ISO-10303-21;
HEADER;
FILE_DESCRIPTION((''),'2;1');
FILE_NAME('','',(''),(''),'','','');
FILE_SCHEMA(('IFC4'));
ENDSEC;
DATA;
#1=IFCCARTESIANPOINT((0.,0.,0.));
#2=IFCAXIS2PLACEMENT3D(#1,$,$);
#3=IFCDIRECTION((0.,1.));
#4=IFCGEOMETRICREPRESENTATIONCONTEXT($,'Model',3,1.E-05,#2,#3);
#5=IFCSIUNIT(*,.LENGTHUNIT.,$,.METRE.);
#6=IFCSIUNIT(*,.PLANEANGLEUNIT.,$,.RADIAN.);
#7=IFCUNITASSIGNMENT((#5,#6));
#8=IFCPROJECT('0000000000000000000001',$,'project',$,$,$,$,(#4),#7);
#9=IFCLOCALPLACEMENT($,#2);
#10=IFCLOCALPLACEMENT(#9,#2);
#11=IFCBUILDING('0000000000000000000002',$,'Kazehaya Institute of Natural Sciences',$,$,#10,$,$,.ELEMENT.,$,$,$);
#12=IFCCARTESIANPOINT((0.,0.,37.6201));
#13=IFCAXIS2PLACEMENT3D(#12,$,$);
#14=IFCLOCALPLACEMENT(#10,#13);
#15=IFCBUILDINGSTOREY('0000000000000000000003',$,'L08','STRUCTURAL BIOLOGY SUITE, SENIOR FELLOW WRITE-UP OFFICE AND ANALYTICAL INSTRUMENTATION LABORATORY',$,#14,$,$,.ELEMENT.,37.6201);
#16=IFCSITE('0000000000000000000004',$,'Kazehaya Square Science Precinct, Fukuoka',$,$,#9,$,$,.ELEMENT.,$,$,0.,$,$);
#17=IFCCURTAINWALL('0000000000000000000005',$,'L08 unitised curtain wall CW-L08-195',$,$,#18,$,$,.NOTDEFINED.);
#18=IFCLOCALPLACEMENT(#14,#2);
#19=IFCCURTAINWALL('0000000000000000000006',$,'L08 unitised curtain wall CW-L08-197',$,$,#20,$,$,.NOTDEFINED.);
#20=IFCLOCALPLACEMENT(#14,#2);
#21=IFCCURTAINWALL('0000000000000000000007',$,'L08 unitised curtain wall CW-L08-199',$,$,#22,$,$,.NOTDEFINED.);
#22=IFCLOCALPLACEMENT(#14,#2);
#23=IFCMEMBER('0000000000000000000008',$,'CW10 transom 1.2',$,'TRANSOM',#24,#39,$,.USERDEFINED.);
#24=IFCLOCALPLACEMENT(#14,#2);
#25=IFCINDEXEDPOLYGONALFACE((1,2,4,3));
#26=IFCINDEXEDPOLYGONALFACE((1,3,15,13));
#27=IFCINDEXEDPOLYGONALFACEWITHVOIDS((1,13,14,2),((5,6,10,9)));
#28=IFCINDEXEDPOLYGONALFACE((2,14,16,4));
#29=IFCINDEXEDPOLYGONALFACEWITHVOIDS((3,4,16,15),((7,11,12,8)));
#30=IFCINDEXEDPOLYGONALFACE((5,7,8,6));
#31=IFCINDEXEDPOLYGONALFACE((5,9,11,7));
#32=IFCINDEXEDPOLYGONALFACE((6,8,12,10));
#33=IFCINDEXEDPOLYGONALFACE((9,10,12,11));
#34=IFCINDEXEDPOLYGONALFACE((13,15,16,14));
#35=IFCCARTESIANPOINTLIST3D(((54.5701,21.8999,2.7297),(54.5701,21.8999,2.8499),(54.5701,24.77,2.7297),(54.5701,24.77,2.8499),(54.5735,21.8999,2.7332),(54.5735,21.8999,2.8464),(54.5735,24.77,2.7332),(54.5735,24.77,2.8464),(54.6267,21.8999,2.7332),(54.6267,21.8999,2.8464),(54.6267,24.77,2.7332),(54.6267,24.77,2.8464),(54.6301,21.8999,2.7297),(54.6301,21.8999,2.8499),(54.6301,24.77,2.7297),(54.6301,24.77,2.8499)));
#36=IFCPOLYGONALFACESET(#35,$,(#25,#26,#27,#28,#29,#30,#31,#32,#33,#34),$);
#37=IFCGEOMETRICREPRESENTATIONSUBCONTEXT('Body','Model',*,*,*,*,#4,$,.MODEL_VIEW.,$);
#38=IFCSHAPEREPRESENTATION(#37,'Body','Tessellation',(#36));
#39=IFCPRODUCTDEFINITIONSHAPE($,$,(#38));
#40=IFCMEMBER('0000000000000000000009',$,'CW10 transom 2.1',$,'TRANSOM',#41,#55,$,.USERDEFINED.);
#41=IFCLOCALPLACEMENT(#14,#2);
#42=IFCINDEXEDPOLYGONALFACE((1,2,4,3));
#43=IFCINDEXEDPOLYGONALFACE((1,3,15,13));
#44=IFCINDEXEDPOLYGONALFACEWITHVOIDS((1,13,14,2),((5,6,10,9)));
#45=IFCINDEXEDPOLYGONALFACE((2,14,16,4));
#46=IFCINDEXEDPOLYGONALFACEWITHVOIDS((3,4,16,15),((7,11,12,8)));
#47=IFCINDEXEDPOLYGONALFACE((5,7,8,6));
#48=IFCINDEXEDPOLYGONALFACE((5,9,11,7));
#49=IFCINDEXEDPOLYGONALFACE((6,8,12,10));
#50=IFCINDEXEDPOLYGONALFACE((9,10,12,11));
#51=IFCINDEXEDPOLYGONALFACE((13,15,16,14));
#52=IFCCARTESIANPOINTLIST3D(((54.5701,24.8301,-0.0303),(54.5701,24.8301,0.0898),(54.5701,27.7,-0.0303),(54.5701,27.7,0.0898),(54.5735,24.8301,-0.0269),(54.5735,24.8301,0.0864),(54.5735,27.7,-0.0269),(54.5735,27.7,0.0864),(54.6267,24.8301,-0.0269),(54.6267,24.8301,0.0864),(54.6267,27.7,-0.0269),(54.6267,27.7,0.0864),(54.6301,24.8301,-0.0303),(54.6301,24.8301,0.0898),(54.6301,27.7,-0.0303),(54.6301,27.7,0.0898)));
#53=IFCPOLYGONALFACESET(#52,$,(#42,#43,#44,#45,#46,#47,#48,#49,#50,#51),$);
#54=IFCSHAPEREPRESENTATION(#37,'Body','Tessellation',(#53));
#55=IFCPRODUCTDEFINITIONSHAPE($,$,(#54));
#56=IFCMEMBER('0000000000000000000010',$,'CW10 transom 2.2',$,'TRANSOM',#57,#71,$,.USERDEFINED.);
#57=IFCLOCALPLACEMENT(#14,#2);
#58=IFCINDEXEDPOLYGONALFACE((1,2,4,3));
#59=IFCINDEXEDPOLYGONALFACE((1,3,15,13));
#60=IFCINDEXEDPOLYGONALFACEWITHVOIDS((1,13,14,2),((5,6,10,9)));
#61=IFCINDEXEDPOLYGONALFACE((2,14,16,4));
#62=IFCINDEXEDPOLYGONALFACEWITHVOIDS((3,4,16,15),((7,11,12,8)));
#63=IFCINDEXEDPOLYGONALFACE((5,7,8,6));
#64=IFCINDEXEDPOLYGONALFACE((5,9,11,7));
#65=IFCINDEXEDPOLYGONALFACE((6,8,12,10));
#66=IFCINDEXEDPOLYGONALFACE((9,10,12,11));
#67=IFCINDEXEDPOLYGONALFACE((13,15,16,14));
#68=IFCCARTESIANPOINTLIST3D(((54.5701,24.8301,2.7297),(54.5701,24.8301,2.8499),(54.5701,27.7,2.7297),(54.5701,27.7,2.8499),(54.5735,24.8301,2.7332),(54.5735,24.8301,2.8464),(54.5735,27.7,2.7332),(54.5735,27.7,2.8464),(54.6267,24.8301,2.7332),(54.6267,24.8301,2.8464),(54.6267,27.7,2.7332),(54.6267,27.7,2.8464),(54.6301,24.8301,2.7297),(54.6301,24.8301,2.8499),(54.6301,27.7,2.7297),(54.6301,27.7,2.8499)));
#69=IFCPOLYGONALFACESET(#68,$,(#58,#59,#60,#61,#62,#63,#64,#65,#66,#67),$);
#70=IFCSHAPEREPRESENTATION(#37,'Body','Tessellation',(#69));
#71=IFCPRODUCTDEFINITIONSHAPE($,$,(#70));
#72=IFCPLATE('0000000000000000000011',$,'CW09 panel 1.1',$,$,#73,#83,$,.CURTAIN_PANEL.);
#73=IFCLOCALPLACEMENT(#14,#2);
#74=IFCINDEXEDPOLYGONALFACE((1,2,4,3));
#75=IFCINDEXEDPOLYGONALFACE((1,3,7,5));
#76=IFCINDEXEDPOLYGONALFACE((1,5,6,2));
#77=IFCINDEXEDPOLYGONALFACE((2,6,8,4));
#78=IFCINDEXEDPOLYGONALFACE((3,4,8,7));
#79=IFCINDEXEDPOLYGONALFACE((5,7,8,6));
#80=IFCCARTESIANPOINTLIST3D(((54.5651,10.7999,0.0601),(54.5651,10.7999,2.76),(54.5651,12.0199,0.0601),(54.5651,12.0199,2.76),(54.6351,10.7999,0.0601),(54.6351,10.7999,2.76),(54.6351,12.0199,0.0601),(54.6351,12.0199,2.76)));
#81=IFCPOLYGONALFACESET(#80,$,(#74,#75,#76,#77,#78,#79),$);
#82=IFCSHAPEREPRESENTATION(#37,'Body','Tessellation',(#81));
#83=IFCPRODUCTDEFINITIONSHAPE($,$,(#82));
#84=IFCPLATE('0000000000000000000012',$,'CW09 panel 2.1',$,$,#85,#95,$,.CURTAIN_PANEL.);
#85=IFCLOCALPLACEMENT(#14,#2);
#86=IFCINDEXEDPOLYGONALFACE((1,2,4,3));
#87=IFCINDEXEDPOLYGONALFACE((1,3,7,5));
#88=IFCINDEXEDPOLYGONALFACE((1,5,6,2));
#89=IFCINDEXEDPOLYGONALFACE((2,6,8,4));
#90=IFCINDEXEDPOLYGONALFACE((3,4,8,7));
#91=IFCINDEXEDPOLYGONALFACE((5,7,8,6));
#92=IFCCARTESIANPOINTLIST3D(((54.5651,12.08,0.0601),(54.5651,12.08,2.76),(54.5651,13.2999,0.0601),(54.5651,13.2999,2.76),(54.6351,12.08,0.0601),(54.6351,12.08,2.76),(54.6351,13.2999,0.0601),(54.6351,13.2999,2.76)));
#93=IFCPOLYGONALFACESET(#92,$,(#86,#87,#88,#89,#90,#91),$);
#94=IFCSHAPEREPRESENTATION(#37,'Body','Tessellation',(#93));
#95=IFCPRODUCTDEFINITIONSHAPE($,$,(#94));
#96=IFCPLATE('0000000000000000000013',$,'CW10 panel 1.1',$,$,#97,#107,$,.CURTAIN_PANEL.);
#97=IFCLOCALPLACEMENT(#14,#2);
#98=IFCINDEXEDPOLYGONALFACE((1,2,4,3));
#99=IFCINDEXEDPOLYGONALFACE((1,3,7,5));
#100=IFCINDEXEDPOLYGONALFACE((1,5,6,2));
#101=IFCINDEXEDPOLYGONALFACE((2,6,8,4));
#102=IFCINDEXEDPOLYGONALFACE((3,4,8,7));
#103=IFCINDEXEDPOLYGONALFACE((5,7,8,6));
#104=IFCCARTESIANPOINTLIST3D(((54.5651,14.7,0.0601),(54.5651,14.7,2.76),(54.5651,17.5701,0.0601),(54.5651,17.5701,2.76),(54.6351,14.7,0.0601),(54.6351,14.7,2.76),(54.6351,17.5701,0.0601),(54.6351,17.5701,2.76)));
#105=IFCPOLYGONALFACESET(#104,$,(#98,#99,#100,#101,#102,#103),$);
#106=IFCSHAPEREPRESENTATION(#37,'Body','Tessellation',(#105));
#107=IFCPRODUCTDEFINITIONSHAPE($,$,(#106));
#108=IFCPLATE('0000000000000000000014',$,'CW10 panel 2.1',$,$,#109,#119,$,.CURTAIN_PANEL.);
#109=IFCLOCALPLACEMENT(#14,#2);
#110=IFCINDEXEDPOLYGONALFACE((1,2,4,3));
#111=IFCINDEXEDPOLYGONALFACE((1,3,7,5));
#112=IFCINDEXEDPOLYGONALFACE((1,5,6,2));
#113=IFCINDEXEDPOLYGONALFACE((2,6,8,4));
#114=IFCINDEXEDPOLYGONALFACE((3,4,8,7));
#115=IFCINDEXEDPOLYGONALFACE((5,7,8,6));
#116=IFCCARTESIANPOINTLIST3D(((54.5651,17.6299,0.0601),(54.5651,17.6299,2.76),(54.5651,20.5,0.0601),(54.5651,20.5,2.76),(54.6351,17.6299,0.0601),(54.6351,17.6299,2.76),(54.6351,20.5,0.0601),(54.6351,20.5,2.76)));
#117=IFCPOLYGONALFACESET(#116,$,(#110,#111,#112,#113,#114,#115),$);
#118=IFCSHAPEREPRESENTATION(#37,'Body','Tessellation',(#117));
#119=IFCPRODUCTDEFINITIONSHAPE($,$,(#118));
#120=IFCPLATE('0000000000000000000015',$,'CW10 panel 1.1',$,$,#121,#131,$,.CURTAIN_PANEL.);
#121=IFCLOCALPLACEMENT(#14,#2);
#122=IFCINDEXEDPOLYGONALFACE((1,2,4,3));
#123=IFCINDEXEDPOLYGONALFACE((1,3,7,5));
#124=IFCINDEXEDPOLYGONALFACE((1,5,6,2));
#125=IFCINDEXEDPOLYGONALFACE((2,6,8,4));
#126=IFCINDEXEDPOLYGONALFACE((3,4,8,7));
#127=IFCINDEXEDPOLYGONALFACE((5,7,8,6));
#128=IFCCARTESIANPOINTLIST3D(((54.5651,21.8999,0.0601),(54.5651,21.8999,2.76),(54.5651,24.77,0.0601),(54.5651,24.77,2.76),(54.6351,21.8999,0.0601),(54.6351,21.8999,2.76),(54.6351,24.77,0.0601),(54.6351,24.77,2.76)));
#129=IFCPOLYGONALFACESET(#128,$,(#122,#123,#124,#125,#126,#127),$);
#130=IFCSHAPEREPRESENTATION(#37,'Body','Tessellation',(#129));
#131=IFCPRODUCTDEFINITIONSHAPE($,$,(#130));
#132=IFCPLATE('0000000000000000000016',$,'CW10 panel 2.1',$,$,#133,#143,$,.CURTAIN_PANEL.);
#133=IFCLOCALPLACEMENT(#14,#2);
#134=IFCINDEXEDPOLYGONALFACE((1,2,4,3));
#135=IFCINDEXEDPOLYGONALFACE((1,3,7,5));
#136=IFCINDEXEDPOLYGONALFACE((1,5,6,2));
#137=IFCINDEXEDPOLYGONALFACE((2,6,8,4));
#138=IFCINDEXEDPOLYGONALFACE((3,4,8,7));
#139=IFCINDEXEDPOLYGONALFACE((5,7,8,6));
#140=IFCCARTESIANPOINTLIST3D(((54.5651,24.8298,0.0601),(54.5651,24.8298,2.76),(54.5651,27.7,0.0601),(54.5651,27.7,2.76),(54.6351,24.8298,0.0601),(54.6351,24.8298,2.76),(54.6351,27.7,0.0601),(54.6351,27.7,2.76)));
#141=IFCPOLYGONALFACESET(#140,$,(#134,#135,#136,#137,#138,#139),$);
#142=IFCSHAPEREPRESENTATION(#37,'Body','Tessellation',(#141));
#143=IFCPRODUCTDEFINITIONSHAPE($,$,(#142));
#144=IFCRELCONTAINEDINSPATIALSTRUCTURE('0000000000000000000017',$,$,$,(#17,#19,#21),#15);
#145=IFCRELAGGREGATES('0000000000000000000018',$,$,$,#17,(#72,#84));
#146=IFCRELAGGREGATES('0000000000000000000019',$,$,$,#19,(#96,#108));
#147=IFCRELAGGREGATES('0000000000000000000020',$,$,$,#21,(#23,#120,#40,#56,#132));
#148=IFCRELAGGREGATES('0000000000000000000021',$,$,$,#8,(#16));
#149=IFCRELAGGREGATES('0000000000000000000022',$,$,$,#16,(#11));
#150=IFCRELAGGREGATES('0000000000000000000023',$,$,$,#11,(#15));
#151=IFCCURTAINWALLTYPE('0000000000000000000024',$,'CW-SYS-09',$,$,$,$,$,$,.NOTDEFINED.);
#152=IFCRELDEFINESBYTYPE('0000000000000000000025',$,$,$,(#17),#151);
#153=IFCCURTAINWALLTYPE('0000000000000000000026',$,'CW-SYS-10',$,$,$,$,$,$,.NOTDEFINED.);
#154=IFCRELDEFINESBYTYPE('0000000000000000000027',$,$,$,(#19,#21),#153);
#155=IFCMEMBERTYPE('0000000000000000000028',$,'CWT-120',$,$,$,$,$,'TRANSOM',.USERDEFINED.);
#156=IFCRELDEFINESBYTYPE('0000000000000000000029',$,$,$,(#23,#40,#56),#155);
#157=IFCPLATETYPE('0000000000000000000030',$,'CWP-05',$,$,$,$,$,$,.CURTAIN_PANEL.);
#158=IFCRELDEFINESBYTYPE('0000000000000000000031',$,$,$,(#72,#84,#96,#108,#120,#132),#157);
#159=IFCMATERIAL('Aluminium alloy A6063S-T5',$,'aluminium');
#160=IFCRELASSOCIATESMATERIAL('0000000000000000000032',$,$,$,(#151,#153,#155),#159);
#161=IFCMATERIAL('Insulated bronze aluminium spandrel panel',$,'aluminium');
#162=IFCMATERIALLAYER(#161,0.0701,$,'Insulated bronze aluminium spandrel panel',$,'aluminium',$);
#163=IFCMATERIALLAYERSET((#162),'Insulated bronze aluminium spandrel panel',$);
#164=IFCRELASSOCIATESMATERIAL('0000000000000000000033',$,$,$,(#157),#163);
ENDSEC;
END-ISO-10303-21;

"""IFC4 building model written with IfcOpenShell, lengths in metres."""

from ifc_helpers import new_model, si_unit, direction, frame, origin, origin_2d, place, context, subcontext, project, spatial, rectangle, hollow_rectangle, extrude, material, layer, layer_set, material_profile, profile_set, type_object, element, aggregate, save


model = new_model("IFC4")

# Units and contexts
model_context = context("Model", 3, precision=1e-05, world=origin(), true_north=direction((0.0, 1.0)))
body_context = subcontext(model_context, "Body", "Model", "MODEL_VIEW")
ifc_project = project(units=[si_unit("LENGTHUNIT", "METRE"), si_unit("PLANEANGLEUNIT", "RADIAN")], contexts=[model_context])

# Site, building, storey
site_placement = place(None, origin())
site = spatial("IfcSite", under=ifc_project, at=site_placement, Name="Kazehaya Square Science Precinct, Fukuoka", CompositionType="ELEMENT", RefElevation=0.0)
building_placement = place(site_placement, origin())
building = spatial("IfcBuilding", under=site, at=building_placement, Name="Kazehaya Institute of Natural Sciences", CompositionType="ELEMENT")
storey_placement = place(building_placement, frame((0.0, 0.0, 37.6201)))
storey = spatial("IfcBuildingStorey", under=building, at=storey_placement, Name="L08", Description="STRUCTURAL BIOLOGY SUITE, SENIOR FELLOW WRITE-UP OFFICE AND ANALYTICAL INSTRUMENTATION LABORATORY", CompositionType="ELEMENT", Elevation=37.6201)

# Curtain walls
ifc_material_1 = material(Name="Aluminium alloy A6063S-T5", Category="aluminium")
curtain_wall_type_1 = type_object("IfcCurtainWallType", Name="CW-SYS-09", PredefinedType="NOTDEFINED", material=ifc_material_1)
curtain_wall_1_placement = place(storey_placement, origin())
curtain_wall_1 = element("IfcCurtainWall", 1, at=curtain_wall_1_placement, inside=storey, type_object=curtain_wall_type_1, Name="L08 unitised curtain wall CW-L08-195", PredefinedType="NOTDEFINED")
curtain_wall_type_2 = type_object("IfcCurtainWallType", Name="CW-SYS-10", PredefinedType="NOTDEFINED", material=ifc_material_1)
curtain_wall_2_placement = place(storey_placement, origin())
curtain_wall_2 = element("IfcCurtainWall", 2, at=curtain_wall_2_placement, inside=storey, type_object=curtain_wall_type_2, Name="L08 unitised curtain wall CW-L08-197", PredefinedType="NOTDEFINED")
curtain_wall_3_placement = place(storey_placement, origin())
curtain_wall_3 = element("IfcCurtainWall", 3, at=curtain_wall_3_placement, inside=storey, type_object=curtain_wall_type_2, Name="L08 unitised curtain wall CW-L08-199", PredefinedType="NOTDEFINED")

# Members
ifc_material_profile_1 = material_profile(ifc_material_1, hollow_rectangle(XDim=0.0601, YDim=0.1201, WallThickness=0.0034, at=origin_2d()), Name="ALU-60x120x3.5")
ifc_profile_set_1 = profile_set([ifc_material_profile_1], Name="Aluminium alloy A6063S-T5")
member_type_1 = type_object("IfcMemberType", Name="CWT-120", ElementType="TRANSOM", PredefinedType="USERDEFINED", material=ifc_profile_set_1)
member_1_placement = place(storey_placement, frame((54.6001, 21.8999, 2.7898), z_axis=(0.0, 1.0, 0.0), x_axis=(-1.0, 0.0, 0.0)))
member_1 = element("IfcMember", 4, at=member_1_placement, type_object=member_type_1, Name="CW10 transom 1.2", ObjectType="TRANSOM", PredefinedType="USERDEFINED", context=body_context, shape_type="SweptSolid", body=[
    extrude(hollow_rectangle(XDim=0.0601, YDim=0.1201, WallThickness=0.0034, at=origin_2d()), origin(), (0.0, 0.0, 1.0), 2.8701),
])
member_2_placement = place(storey_placement, frame((54.6001, 24.8301, 0.0298), z_axis=(0.0, 1.0, 0.0), x_axis=(-1.0, 0.0, 0.0)))
member_2 = element("IfcMember", 5, at=member_2_placement, type_object=member_type_1, Name="CW10 transom 2.1", ObjectType="TRANSOM", PredefinedType="USERDEFINED", context=body_context, shape_type="SweptSolid", body=[
    extrude(hollow_rectangle(XDim=0.0601, YDim=0.1201, WallThickness=0.0034, at=origin_2d()), origin(), (0.0, 0.0, 1.0), 2.8699),
])
member_3_placement = place(storey_placement, frame((54.6001, 24.8301, 2.7898), z_axis=(0.0, 1.0, 0.0), x_axis=(-1.0, 0.0, 0.0)))
member_3 = element("IfcMember", 6, at=member_3_placement, type_object=member_type_1, Name="CW10 transom 2.2", ObjectType="TRANSOM", PredefinedType="USERDEFINED", context=body_context, shape_type="SweptSolid", body=[
    extrude(hollow_rectangle(XDim=0.0601, YDim=0.1201, WallThickness=0.0034, at=origin_2d()), origin(), (0.0, 0.0, 1.0), 2.8699),
])

# Plates
ifc_material_2 = material(Name="Insulated bronze aluminium spandrel panel", Category="aluminium")
ifc_layer = layer(ifc_material_2, 0.0701, Name="Insulated bronze aluminium spandrel panel", Category="aluminium")
ifc_layer_set = layer_set([ifc_layer], Name="Insulated bronze aluminium spandrel panel")
plate_type = type_object("IfcPlateType", Name="CWP-05", PredefinedType="CURTAIN_PANEL", material=ifc_layer_set)
plate_1_placement = place(storey_placement, frame((54.6001, 11.4099, 0.0601), z_axis=(0.0, 0.0, 1.0), x_axis=(0.0, 1.0, 0.0)))
plate_1 = element("IfcPlate", 7, at=plate_1_placement, type_object=plate_type, Name="CW09 panel 1.1", PredefinedType="CURTAIN_PANEL", context=body_context, shape_type="SweptSolid", body=[
    extrude(rectangle(XDim=1.22, YDim=0.0701, at=origin_2d()), origin(), (0.0, 0.0, 1.0), 2.7),
])
plate_2_placement = place(storey_placement, frame((54.6001, 12.6899, 0.0601), z_axis=(0.0, 0.0, 1.0), x_axis=(0.0, 1.0, 0.0)))
plate_2 = element("IfcPlate", 8, at=plate_2_placement, type_object=plate_type, Name="CW09 panel 2.1", PredefinedType="CURTAIN_PANEL", context=body_context, shape_type="SweptSolid", body=[
    extrude(rectangle(XDim=1.22, YDim=0.0701, at=origin_2d()), origin(), (0.0, 0.0, 1.0), 2.7),
])
aggregate(curtain_wall_1, [plate_1, plate_2])
plate_3_placement = place(storey_placement, frame((54.6001, 16.135, 0.0601), z_axis=(0.0, 0.0, 1.0), x_axis=(0.0, 1.0, 0.0)))
plate_3 = element("IfcPlate", 9, at=plate_3_placement, type_object=plate_type, Name="CW10 panel 1.1", PredefinedType="CURTAIN_PANEL", context=body_context, shape_type="SweptSolid", body=[
    extrude(rectangle(XDim=2.8701, YDim=0.0701, at=origin_2d()), origin(), (0.0, 0.0, 1.0), 2.7),
])
plate_4_placement = place(storey_placement, frame((54.6001, 19.0649, 0.0601), z_axis=(0.0, 0.0, 1.0), x_axis=(0.0, 1.0, 0.0)))
plate_4 = element("IfcPlate", 10, at=plate_4_placement, type_object=plate_type, Name="CW10 panel 2.1", PredefinedType="CURTAIN_PANEL", context=body_context, shape_type="SweptSolid", body=[
    extrude(rectangle(XDim=2.8701, YDim=0.0701, at=origin_2d()), origin(), (0.0, 0.0, 1.0), 2.7),
])
aggregate(curtain_wall_2, [plate_3, plate_4])
plate_5_placement = place(storey_placement, frame((54.6001, 23.335, 0.0601), z_axis=(0.0, 0.0, 1.0), x_axis=(0.0, 1.0, 0.0)))
plate_5 = element("IfcPlate", 11, at=plate_5_placement, type_object=plate_type, Name="CW10 panel 1.1", PredefinedType="CURTAIN_PANEL", context=body_context, shape_type="SweptSolid", body=[
    extrude(rectangle(XDim=2.8701, YDim=0.0701, at=origin_2d()), origin(), (0.0, 0.0, 1.0), 2.7),
])
plate_6_placement = place(storey_placement, frame((54.6001, 26.2649, 0.0601), z_axis=(0.0, 0.0, 1.0), x_axis=(0.0, 1.0, 0.0)))
plate_6 = element("IfcPlate", 12, at=plate_6_placement, type_object=plate_type, Name="CW10 panel 2.1", PredefinedType="CURTAIN_PANEL", context=body_context, shape_type="SweptSolid", body=[
    extrude(rectangle(XDim=2.8701, YDim=0.0701, at=origin_2d()), origin(), (0.0, 0.0, 1.0), 2.7),
])
aggregate(curtain_wall_3, [member_1, plate_5, member_2, member_3, plate_6])

save(model, "model.ifc")
